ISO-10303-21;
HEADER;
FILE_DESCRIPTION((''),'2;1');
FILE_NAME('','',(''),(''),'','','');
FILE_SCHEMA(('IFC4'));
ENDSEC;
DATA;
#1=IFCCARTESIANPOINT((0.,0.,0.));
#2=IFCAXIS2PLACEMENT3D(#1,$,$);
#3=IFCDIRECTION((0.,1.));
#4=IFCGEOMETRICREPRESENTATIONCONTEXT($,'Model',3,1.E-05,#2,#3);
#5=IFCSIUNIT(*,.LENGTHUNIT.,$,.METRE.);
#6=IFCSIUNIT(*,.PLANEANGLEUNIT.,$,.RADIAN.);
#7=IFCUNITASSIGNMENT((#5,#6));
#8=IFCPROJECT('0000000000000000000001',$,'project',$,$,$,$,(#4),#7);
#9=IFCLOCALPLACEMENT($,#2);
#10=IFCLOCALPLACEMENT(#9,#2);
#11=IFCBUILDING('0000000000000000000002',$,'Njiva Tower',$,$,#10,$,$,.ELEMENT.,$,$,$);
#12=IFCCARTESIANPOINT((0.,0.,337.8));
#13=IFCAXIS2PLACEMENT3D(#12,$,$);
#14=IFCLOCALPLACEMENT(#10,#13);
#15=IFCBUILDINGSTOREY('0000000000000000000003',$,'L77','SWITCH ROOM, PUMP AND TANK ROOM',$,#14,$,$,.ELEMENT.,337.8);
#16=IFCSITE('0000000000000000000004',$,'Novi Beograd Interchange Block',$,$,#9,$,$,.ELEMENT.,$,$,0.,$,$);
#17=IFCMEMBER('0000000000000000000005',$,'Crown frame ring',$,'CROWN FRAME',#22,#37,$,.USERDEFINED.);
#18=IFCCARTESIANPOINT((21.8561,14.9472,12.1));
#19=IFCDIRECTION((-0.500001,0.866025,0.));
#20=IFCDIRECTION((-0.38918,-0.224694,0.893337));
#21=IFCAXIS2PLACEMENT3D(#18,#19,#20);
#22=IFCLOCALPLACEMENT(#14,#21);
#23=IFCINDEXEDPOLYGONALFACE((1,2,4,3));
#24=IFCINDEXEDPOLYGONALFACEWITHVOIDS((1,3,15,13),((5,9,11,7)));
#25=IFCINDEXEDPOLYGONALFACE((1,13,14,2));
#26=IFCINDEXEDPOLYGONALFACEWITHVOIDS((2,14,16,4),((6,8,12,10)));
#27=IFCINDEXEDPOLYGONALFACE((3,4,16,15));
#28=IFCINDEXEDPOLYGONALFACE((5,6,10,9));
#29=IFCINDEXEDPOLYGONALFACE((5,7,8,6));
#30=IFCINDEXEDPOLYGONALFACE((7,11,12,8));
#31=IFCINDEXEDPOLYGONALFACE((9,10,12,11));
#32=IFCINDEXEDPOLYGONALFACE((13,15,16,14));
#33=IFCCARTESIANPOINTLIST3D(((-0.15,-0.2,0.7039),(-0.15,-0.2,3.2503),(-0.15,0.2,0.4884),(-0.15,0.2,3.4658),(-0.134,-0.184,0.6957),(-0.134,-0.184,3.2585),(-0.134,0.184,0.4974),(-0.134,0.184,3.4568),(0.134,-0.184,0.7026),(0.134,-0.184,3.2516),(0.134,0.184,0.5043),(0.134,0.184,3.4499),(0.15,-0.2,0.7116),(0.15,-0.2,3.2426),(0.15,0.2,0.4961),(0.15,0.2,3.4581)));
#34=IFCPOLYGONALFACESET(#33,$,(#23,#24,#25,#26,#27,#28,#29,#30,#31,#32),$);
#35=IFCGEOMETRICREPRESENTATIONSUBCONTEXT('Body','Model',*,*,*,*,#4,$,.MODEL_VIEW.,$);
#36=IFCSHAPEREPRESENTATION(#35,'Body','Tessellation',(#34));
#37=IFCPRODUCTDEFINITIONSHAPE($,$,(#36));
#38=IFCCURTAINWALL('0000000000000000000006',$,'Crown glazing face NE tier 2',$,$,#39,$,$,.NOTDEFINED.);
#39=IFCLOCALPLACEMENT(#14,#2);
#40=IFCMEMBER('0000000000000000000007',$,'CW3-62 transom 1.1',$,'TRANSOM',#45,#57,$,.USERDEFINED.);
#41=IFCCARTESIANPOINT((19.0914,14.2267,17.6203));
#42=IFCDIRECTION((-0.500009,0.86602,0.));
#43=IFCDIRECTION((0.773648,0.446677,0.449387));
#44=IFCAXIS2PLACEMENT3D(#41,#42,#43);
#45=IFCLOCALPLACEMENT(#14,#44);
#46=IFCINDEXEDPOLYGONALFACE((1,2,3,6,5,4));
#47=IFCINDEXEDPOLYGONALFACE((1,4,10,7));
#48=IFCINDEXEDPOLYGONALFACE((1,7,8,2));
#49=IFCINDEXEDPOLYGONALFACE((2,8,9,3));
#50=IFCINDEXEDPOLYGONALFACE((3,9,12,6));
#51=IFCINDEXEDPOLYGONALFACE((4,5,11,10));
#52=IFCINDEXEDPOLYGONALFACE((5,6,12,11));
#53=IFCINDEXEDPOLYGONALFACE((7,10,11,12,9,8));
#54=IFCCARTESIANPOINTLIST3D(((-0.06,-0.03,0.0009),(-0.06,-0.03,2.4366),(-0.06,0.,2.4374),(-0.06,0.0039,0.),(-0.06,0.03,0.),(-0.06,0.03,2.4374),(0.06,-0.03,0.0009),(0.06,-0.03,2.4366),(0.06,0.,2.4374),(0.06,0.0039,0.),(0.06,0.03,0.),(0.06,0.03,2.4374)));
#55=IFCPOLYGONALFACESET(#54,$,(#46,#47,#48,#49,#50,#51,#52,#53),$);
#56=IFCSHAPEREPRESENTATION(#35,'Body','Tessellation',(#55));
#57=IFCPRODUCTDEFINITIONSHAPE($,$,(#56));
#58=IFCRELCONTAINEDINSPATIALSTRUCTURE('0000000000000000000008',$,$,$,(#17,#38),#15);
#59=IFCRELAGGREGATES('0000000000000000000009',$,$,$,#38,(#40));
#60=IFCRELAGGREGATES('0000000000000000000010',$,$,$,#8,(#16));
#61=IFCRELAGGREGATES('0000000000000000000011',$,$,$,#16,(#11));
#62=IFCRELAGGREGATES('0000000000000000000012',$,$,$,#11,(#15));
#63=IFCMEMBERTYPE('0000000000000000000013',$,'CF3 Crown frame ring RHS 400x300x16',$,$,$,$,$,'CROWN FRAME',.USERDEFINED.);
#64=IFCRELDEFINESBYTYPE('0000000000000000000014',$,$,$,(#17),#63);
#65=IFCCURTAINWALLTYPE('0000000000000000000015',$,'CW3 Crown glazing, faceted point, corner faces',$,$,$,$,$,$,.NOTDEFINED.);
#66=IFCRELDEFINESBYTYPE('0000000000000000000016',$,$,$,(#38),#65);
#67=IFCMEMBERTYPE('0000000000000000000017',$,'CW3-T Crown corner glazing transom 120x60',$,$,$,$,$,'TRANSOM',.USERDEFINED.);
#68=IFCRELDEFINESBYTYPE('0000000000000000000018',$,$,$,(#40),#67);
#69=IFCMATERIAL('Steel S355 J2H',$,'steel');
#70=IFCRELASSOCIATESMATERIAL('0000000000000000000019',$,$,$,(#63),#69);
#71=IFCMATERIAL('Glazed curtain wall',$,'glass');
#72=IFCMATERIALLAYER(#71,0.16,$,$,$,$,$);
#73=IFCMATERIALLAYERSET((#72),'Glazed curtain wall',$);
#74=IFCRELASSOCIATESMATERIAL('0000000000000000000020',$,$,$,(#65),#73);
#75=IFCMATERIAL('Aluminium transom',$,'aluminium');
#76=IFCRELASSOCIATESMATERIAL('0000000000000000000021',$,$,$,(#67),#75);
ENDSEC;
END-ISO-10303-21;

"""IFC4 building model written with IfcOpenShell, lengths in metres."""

from ifc_helpers import new_model, si_unit, direction, frame, origin, origin_2d, place, context, subcontext, project, spatial, rectangle, hollow_rectangle, extrude, clip, halfspace, material, layer, layer_set, material_profile, profile_set, type_object, element, aggregate, save


model = new_model("IFC4")

# Units and contexts
model_context = context("Model", 3, precision=1e-05, world=origin(), true_north=direction((0.0, 1.0)))
body_context = subcontext(model_context, "Body", "Model", "MODEL_VIEW")
ifc_project = project(units=[si_unit("LENGTHUNIT", "METRE"), si_unit("PLANEANGLEUNIT", "RADIAN")], contexts=[model_context])

# Site, building, storey
site_placement = place(None, origin())
site = spatial("IfcSite", under=ifc_project, at=site_placement, Name="Novi Beograd Interchange Block", CompositionType="ELEMENT", RefElevation=0.0)
building_placement = place(site_placement, origin())
building = spatial("IfcBuilding", under=site, at=building_placement, Name="Njiva Tower", CompositionType="ELEMENT")
storey_placement = place(building_placement, frame((0.0, 0.0, 337.8)))
storey = spatial("IfcBuildingStorey", under=building, at=storey_placement, Name="L77", Description="SWITCH ROOM, PUMP AND TANK ROOM", CompositionType="ELEMENT", Elevation=337.8)

# Member
ifc_material_1 = material(Name="Steel S355 J2H", Category="steel")
ifc_material_profile_1 = material_profile(ifc_material_1, hollow_rectangle(XDim=0.3, YDim=0.4, WallThickness=0.016, at=origin_2d()), Name="BOX 400x300x16")
ifc_profile_set_1 = profile_set([ifc_material_profile_1], Name="Steel S355 J2H")
member_type_1 = type_object("IfcMemberType", Name="CF3 Crown frame ring RHS 400x300x16", ElementType="CROWN FRAME", PredefinedType="USERDEFINED", material=ifc_profile_set_1)
member_1_placement = place(storey_placement, frame((21.8561, 14.9472, 12.1), z_axis=(-0.500001, 0.866025, 0.0), x_axis=(-0.38918, -0.224694, 0.893337)))
element("IfcMember", 1, at=member_1_placement, inside=storey, type_object=member_type_1, Name="Crown frame ring", ObjectType="CROWN FRAME", PredefinedType="USERDEFINED", context=body_context, shape_type="Clipping", body=[
    clip(clip(extrude(hollow_rectangle(XDim=0.3, YDim=0.4, WallThickness=0.016, at=origin_2d()), origin(), (0.0, 0.0, 1.0), 3.9542), halfspace(frame((0.0, 0.0, 0.6), z_axis=(0.022605, -0.474209, -0.880122), x_axis=(0.0, -0.880347, 0.47433)), False)), halfspace(frame((0.0, 0.0, 3.3542), z_axis=(0.022604, -0.474207, 0.880123), x_axis=(0.0, 0.880348, 0.474328)), False)),
])

# Shared definitions
ifc_material_2 = material(Name="Glazed curtain wall", Category="glass")

# Shared definitions
ifc_material_3 = material(Name="Aluminium transom", Category="aluminium")

# Curtain wall, member
ifc_layer_1 = layer(ifc_material_2, 0.16)
ifc_layer_set_1 = layer_set([ifc_layer_1], Name="Glazed curtain wall")
curtain_wall_type_1 = type_object("IfcCurtainWallType", Name="CW3 Crown glazing, faceted point, corner faces", PredefinedType="NOTDEFINED", material=ifc_layer_set_1)
curtain_wall_1_placement = place(storey_placement, origin())
curtain_wall_1 = element("IfcCurtainWall", 2, at=curtain_wall_1_placement, inside=storey, type_object=curtain_wall_type_1, Name="Crown glazing face NE tier 2", PredefinedType="NOTDEFINED")
ifc_material_profile_2 = material_profile(ifc_material_3, rectangle(XDim=0.12, YDim=0.06, at=origin_2d()), Name="RECT 120x60")
ifc_profile_set_2 = profile_set([ifc_material_profile_2], Name="Aluminium transom")
member_type_2 = type_object("IfcMemberType", Name="CW3-T Crown corner glazing transom 120x60", ElementType="TRANSOM", PredefinedType="USERDEFINED", material=ifc_profile_set_2)
member_2_placement = place(storey_placement, frame((19.0914, 14.2267, 17.6203), z_axis=(-0.500009, 0.86602, 0.0), x_axis=(0.773648, 0.446677, 0.449387)))
member_2 = element("IfcMember", 3, at=member_2_placement, type_object=member_type_2, Name="CW3-62 transom 1.1", ObjectType="TRANSOM", PredefinedType="USERDEFINED", context=body_context, shape_type="Clipping", body=[
    clip(clip(extrude(rectangle(XDim=0.12, YDim=0.06, at=origin_2d()), origin(), (0.0, 0.0, 1.0), 2.4374), halfspace(frame((0.06, 0.0, 0.0001), z_axis=(-0.000009, -0.02568, -0.99967), x_axis=(0.0, -0.99967, 0.02568)), False)), halfspace(frame((0.06, 0.0, 2.4374), z_axis=(0.000009, -0.02567, 0.99967), x_axis=(0.0, 0.99967, 0.02567)), False)),
])

aggregate(curtain_wall_1, [member_2])

save(model, "model.ifc")
